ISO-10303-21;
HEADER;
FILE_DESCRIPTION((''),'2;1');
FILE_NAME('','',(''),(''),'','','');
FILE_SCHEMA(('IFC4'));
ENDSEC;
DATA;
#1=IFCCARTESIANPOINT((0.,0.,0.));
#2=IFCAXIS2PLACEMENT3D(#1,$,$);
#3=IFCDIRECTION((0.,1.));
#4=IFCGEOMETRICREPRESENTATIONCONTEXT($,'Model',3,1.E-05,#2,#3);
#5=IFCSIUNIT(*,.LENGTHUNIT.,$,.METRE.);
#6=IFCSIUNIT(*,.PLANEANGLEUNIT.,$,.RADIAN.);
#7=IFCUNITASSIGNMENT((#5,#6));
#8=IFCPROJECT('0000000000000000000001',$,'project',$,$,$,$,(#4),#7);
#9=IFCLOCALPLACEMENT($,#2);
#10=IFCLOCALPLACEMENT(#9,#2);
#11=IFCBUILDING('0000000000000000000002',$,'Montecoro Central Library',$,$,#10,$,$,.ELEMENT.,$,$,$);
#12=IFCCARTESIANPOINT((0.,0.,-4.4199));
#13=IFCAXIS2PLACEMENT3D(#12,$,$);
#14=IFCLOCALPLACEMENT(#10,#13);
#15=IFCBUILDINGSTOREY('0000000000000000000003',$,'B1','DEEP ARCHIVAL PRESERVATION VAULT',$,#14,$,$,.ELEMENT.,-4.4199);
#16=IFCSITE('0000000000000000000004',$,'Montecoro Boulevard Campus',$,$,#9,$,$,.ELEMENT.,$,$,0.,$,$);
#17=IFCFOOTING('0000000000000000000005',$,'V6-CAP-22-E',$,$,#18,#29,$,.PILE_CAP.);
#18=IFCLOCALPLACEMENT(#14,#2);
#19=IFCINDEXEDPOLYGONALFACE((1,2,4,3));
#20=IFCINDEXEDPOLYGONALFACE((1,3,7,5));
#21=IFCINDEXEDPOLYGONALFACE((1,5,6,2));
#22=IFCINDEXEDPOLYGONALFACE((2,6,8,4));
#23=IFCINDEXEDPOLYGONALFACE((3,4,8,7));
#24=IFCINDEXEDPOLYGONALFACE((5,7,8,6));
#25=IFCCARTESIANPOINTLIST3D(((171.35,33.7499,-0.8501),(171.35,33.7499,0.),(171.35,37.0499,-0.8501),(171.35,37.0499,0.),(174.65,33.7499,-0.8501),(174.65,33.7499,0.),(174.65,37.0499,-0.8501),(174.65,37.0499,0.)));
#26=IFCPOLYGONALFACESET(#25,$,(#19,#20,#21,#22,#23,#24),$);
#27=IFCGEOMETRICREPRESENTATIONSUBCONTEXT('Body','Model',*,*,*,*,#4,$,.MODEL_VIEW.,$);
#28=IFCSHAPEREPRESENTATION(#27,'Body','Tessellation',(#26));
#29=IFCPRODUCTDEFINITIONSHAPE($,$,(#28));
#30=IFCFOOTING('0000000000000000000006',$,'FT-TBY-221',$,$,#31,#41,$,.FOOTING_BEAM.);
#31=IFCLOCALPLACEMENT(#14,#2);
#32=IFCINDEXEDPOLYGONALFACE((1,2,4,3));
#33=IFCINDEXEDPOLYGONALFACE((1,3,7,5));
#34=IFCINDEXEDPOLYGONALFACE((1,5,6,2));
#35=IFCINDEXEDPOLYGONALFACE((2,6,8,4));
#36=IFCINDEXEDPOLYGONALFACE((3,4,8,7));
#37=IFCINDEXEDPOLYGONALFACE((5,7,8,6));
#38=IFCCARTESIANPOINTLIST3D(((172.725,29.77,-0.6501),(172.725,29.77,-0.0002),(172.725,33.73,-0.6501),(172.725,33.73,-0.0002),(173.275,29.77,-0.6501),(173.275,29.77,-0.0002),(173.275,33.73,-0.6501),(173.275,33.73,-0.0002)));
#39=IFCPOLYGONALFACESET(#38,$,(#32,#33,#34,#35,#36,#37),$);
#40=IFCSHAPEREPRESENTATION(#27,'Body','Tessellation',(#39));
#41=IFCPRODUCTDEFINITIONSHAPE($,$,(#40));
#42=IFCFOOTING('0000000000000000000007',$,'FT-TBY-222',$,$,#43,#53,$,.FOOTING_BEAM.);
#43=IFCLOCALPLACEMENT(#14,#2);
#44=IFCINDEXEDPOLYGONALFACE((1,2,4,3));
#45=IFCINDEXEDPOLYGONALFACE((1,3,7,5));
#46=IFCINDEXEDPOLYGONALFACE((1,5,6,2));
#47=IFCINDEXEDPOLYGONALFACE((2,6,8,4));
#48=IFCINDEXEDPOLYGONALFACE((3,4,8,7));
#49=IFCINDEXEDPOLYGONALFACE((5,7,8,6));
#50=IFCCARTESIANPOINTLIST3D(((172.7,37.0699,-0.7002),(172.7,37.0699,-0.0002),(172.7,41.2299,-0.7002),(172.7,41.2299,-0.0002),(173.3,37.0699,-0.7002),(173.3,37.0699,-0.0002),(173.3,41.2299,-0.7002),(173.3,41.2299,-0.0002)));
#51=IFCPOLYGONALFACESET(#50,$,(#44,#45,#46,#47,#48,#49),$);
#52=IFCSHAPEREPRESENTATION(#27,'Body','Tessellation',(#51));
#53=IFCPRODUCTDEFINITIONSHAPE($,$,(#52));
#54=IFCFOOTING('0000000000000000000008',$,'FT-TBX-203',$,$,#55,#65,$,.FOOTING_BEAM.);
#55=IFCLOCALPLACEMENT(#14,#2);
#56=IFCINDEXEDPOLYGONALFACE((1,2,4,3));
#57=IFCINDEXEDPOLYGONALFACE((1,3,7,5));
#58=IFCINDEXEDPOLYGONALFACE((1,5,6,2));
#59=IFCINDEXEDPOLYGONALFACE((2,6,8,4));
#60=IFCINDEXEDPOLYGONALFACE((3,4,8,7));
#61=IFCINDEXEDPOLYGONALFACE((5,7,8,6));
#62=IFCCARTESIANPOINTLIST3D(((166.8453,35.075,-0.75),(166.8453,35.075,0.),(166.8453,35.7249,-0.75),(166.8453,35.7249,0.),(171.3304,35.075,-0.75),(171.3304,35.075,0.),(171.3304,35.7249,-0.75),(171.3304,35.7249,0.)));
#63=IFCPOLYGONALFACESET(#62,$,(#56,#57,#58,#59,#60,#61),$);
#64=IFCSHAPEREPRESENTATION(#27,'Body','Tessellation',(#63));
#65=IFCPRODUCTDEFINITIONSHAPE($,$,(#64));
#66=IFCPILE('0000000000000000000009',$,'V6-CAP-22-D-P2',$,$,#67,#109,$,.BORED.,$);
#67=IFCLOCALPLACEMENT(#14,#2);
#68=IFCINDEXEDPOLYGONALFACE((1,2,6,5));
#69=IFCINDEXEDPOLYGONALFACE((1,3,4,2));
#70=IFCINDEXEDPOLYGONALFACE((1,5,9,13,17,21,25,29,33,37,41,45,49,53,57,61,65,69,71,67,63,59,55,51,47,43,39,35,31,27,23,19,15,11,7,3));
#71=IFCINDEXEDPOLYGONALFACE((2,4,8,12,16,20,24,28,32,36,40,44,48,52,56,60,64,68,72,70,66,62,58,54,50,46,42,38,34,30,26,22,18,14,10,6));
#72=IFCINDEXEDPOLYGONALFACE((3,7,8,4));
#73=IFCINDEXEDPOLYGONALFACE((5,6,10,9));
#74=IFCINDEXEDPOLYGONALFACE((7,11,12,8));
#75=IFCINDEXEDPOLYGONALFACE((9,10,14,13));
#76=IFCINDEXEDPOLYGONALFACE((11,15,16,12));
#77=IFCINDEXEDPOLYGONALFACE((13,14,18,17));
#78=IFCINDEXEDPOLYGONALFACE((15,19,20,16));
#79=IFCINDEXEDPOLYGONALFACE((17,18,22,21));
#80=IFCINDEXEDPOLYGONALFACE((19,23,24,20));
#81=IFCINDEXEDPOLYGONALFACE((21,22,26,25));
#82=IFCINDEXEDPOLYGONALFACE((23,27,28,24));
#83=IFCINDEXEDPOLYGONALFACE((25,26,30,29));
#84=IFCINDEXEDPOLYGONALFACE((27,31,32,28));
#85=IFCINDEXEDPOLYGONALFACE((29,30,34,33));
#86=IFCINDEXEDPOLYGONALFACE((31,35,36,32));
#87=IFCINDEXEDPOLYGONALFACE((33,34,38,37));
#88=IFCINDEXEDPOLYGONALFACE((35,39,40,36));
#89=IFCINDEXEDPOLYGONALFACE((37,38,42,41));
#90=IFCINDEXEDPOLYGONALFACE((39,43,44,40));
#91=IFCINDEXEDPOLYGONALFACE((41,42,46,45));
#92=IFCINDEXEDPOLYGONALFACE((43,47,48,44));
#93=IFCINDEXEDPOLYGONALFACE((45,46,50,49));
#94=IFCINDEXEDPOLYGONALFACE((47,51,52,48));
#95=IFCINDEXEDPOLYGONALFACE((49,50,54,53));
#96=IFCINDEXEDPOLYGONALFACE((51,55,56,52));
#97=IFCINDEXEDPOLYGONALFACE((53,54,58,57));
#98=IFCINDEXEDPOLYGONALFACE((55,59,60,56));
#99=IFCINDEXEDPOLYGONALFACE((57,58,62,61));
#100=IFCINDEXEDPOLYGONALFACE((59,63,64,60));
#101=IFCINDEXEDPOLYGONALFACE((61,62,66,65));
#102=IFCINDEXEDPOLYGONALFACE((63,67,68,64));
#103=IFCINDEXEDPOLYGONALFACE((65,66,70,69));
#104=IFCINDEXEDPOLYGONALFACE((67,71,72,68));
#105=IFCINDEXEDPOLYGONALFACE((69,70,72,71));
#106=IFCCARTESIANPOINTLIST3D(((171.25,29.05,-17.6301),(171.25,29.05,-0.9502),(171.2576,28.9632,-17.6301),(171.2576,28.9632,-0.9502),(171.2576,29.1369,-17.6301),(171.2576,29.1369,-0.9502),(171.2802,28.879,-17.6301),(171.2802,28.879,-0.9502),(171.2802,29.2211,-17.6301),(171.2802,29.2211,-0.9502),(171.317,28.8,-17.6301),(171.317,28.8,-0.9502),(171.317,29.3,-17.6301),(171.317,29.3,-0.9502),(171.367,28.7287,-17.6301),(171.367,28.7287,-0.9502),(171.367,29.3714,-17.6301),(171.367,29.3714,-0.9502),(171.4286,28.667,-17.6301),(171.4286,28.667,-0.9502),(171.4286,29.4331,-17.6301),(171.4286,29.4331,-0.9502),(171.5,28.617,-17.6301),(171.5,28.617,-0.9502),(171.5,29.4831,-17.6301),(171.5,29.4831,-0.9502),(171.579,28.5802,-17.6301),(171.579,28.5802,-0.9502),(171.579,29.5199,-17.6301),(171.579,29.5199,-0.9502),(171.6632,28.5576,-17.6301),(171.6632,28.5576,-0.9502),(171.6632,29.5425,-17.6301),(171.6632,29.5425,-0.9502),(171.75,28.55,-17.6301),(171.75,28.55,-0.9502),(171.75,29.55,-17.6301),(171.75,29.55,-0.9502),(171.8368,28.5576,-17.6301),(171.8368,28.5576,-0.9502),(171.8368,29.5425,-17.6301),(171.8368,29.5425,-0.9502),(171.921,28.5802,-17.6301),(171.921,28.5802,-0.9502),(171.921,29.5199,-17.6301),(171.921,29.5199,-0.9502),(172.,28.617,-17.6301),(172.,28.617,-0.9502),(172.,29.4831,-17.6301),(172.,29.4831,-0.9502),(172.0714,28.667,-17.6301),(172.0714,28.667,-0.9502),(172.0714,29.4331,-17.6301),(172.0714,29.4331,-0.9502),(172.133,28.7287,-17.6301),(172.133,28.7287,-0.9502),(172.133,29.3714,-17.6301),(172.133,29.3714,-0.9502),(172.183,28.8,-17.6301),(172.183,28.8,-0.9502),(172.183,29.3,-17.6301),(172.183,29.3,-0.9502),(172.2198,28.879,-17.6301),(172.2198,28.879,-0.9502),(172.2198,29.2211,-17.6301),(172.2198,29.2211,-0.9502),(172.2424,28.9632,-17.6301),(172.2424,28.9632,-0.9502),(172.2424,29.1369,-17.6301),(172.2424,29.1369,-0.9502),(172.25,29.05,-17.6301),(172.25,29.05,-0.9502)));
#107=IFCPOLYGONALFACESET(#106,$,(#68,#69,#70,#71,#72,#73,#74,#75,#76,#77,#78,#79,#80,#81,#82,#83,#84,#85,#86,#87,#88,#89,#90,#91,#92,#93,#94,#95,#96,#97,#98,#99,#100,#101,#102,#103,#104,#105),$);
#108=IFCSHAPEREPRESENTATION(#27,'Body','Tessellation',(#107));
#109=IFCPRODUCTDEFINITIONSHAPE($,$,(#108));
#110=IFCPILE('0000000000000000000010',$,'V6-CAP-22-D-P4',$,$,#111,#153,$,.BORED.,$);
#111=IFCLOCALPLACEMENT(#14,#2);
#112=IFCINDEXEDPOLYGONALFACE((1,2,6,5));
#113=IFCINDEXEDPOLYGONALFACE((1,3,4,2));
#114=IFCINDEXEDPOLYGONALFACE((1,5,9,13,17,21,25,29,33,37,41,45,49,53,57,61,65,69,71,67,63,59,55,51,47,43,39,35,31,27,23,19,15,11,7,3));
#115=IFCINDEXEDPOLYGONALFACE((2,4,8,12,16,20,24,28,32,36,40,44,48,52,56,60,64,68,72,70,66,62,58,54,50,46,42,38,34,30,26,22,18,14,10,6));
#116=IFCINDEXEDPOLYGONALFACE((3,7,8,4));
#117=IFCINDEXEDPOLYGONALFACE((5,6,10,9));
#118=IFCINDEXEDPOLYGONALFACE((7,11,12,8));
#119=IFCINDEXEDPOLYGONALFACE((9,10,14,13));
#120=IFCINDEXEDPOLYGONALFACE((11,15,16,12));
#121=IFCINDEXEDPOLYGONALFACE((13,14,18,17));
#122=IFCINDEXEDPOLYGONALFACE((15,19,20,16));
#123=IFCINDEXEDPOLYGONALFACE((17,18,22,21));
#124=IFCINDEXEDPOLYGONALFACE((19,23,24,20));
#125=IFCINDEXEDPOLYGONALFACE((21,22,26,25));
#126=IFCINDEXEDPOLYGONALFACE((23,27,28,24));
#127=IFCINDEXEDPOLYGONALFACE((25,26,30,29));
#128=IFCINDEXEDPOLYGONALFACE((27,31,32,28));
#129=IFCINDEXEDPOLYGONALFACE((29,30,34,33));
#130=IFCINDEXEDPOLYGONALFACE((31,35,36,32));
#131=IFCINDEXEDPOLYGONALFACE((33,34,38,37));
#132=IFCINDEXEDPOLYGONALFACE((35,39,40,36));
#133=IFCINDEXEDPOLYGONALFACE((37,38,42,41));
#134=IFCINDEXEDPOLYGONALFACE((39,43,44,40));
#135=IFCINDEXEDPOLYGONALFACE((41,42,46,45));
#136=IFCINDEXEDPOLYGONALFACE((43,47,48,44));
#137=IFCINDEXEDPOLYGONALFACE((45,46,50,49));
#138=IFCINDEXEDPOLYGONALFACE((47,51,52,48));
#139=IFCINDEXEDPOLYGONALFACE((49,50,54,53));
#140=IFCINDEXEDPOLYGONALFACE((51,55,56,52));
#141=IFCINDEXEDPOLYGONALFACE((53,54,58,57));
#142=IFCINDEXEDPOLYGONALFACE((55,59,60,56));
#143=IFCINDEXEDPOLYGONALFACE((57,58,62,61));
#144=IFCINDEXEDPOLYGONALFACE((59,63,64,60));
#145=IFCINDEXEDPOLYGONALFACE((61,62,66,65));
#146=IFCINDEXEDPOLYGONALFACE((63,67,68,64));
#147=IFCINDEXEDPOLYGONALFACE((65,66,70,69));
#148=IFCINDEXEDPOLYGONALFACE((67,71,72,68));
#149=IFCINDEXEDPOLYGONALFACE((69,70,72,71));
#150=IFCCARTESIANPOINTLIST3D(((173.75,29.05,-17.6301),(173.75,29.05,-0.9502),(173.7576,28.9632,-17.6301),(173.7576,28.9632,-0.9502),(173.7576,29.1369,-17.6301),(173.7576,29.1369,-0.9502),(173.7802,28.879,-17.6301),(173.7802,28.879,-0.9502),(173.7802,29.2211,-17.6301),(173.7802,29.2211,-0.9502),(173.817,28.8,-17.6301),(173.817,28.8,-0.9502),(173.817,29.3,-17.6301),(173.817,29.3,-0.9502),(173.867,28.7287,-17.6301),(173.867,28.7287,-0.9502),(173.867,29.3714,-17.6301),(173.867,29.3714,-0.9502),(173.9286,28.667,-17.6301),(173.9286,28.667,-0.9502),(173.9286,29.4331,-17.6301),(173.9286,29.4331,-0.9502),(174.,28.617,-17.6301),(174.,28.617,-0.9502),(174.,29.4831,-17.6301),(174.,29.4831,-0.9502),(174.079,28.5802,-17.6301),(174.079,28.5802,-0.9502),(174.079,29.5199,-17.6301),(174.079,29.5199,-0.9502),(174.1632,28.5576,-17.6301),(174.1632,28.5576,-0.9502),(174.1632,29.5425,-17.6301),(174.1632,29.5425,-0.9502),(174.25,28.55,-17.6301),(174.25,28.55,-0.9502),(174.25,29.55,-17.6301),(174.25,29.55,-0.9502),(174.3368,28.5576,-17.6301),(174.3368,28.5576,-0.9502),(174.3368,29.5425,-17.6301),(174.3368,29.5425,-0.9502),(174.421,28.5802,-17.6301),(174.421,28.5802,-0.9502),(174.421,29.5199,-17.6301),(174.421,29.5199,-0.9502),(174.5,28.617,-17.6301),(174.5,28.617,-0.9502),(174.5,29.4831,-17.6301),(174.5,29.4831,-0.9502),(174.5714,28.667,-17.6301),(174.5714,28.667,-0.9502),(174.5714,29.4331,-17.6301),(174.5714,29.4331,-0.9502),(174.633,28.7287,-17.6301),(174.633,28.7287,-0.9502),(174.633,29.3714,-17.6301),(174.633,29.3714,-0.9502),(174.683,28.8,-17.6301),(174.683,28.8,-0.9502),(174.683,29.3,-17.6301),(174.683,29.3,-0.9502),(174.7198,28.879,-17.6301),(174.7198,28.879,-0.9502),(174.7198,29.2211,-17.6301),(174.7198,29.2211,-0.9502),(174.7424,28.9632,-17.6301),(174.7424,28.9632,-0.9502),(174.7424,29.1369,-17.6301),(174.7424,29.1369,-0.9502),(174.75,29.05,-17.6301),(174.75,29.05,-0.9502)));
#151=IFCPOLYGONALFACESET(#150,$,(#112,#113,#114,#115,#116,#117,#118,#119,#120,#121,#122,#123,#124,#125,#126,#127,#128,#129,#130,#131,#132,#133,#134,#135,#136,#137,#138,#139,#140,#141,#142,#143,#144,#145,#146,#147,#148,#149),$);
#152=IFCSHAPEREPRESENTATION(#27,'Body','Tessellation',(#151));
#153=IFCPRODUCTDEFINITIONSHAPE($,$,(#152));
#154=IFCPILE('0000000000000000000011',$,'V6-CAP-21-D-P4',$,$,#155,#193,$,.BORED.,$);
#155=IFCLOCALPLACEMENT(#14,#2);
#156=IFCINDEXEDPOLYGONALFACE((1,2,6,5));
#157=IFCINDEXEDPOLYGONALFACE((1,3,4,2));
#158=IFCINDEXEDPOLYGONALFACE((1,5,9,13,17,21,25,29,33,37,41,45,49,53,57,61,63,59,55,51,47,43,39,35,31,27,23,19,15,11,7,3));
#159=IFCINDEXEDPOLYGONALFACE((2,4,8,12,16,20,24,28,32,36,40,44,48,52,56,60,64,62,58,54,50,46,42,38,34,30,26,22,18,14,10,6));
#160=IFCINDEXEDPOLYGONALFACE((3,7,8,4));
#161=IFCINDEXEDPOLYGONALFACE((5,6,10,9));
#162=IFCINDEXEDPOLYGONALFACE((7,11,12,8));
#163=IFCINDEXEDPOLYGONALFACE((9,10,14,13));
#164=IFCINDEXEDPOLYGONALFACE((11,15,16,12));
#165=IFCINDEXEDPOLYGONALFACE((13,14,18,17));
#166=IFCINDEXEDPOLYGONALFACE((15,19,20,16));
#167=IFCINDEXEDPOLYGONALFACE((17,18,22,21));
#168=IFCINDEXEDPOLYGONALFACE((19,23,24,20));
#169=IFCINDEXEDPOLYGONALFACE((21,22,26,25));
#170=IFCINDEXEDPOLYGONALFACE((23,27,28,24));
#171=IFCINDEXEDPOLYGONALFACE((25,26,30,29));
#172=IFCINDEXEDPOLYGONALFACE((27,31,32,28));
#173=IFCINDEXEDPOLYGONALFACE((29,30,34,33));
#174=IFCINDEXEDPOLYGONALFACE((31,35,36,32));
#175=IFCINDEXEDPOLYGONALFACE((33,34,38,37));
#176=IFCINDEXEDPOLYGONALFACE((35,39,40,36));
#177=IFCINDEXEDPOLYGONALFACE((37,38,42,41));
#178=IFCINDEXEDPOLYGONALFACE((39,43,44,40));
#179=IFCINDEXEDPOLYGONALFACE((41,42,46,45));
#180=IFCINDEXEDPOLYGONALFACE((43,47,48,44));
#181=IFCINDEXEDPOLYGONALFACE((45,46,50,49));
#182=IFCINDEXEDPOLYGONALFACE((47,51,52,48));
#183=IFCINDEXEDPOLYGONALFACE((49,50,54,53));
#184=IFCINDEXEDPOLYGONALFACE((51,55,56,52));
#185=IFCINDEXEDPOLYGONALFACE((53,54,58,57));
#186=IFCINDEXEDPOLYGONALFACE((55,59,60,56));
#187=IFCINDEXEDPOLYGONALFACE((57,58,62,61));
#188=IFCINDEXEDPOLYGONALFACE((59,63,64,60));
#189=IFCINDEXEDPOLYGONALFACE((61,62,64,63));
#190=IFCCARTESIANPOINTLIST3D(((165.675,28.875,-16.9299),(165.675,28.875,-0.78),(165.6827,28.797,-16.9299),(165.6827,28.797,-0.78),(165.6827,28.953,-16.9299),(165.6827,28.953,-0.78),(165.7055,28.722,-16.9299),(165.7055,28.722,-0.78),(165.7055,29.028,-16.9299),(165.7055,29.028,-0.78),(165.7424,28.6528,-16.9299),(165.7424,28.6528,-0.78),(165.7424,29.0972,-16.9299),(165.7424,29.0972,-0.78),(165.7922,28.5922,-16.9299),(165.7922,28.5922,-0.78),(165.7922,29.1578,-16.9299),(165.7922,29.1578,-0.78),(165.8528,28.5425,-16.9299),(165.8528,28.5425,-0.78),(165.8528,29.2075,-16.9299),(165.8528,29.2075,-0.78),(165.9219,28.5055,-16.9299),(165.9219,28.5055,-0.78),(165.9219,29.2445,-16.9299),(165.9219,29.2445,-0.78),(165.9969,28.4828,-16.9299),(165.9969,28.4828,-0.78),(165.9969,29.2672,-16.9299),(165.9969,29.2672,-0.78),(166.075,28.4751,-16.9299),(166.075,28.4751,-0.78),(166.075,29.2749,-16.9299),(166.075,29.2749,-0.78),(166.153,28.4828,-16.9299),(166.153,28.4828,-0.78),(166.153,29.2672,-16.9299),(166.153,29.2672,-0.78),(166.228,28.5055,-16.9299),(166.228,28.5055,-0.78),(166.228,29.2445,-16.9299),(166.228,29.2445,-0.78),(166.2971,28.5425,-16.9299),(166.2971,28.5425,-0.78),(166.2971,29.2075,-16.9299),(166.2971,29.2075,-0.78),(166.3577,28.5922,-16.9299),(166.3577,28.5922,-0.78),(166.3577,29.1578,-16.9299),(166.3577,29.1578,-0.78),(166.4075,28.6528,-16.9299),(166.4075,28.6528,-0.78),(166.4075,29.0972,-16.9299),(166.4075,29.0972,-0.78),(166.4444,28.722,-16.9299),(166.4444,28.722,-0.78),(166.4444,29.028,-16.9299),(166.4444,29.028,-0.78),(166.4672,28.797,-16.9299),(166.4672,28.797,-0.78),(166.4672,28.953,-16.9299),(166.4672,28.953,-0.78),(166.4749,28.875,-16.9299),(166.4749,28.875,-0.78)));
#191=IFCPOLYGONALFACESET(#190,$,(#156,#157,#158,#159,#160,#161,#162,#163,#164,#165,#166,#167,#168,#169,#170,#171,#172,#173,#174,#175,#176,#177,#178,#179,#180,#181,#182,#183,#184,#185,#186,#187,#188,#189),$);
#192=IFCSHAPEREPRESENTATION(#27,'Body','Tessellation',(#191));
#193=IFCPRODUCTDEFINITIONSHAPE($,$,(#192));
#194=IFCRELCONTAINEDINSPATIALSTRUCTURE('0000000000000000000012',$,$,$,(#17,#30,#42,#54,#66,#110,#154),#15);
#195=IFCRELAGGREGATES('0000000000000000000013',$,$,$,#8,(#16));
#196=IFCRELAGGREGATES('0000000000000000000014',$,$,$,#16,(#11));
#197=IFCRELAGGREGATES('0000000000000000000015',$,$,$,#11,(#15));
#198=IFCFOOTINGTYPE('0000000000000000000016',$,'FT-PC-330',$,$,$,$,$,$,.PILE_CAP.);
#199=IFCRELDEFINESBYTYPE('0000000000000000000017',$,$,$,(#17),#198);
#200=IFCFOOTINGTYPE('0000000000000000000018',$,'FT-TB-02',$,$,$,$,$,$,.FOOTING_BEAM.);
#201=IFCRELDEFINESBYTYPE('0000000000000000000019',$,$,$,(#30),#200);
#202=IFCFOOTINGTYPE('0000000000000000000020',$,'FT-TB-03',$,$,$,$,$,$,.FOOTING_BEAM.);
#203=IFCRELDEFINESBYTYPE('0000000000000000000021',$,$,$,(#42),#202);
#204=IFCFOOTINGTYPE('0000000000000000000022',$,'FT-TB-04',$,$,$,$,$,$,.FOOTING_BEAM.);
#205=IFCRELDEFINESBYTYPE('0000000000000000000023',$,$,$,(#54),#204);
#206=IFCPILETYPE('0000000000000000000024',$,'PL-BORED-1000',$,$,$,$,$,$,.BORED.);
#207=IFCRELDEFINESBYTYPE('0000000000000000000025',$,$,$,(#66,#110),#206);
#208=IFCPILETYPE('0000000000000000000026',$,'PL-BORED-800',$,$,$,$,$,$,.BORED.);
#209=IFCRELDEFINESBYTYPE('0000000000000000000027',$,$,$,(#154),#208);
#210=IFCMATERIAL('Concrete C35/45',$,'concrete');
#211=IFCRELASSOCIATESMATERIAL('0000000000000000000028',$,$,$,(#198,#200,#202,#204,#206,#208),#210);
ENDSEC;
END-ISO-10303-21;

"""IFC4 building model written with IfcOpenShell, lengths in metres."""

from ifc_helpers import new_model, si_unit, direction, frame, origin, origin_2d, place, context, subcontext, project, spatial, rectangle, circle, extrude, material, material_profile, profile_set, type_object, element, save


model = new_model("IFC4")

# Units and contexts
model_context = context("Model", 3, precision=1e-05, world=origin(), true_north=direction((0.0, 1.0)))
body_context = subcontext(model_context, "Body", "Model", "MODEL_VIEW")
ifc_project = project(units=[si_unit("LENGTHUNIT", "METRE"), si_unit("PLANEANGLEUNIT", "RADIAN")], contexts=[model_context])

# Site, building, storey
site_placement = place(None, origin())
site = spatial("IfcSite", under=ifc_project, at=site_placement, Name="Montecoro Boulevard Campus", CompositionType="ELEMENT", RefElevation=0.0)
building_placement = place(site_placement, origin())
building = spatial("IfcBuilding", under=site, at=building_placement, Name="Montecoro Central Library", CompositionType="ELEMENT")
storey_placement = place(building_placement, frame((0.0, 0.0, -4.4199)))
storey = spatial("IfcBuildingStorey", under=building, at=storey_placement, Name="B1", Description="DEEP ARCHIVAL PRESERVATION VAULT", CompositionType="ELEMENT", Elevation=-4.4199)

# Footings
ifc_material_1 = material(Name="Concrete C35/45", Category="concrete")
footing_type_1 = type_object("IfcFootingType", Name="FT-PC-330", PredefinedType="PILE_CAP", material=ifc_material_1)
footing_1_placement = place(storey_placement, frame((173.0, 35.3999, -0.8501), z_axis=(0.0, 0.0, 1.0), x_axis=(1.0, 0.0, 0.0)))
element("IfcFooting", 1, at=footing_1_placement, inside=storey, type_object=footing_type_1, Name="V6-CAP-22-E", PredefinedType="PILE_CAP", context=body_context, shape_type="SweptSolid", body=[
    extrude(rectangle(XDim=3.3, YDim=3.3, at=origin_2d()), origin(), (0.0, 0.0, 1.0), 0.8501),
])
footing_type_2 = type_object("IfcFootingType", Name="FT-TB-02", PredefinedType="FOOTING_BEAM", material=ifc_material_1)
footing_2_placement = place(storey_placement, frame((173.0, 31.75, -0.6501), z_axis=(0.0, 0.0, 1.0), x_axis=(1.0, 0.0, 0.0)))
element("IfcFooting", 2, at=footing_2_placement, inside=storey, type_object=footing_type_2, Name="FT-TBY-221", PredefinedType="FOOTING_BEAM", context=body_context, shape_type="SweptSolid", body=[
    extrude(rectangle(XDim=0.55, YDim=3.96, at=origin_2d()), origin(), (0.0, 0.0, 1.0), 0.6499),
])
footing_type_3 = type_object("IfcFootingType", Name="FT-TB-03", PredefinedType="FOOTING_BEAM", material=ifc_material_1)
footing_3_placement = place(storey_placement, frame((173.0, 39.1499, -0.7002), z_axis=(0.0, 0.0, 1.0), x_axis=(1.0, 0.0, 0.0)))
element("IfcFooting", 3, at=footing_3_placement, inside=storey, type_object=footing_type_3, Name="FT-TBY-222", PredefinedType="FOOTING_BEAM", context=body_context, shape_type="SweptSolid", body=[
    extrude(rectangle(XDim=0.6001, YDim=4.1599, at=origin_2d()), origin(), (0.0, 0.0, 1.0), 0.7),
])
footing_type_4 = type_object("IfcFootingType", Name="FT-TB-04", PredefinedType="FOOTING_BEAM", material=ifc_material_1)
footing_4_placement = place(storey_placement, frame((169.0879, 35.3999, -0.75), z_axis=(0.0, 0.0, 1.0), x_axis=(1.0, 0.0, 0.0)))
element("IfcFooting", 4, at=footing_4_placement, inside=storey, type_object=footing_type_4, Name="FT-TBX-203", PredefinedType="FOOTING_BEAM", context=body_context, shape_type="SweptSolid", body=[
    extrude(rectangle(XDim=4.4851, YDim=0.6499, at=origin_2d()), origin(), (0.0, 0.0, 1.0), 0.75),
])

# Piles
ifc_material_profile_1 = material_profile(ifc_material_1, circle(Radius=0.5, at=origin_2d()), Name="PILE D1000")
ifc_profile_set_1 = profile_set([ifc_material_profile_1], Name="Concrete C35/45")
pile_type_1 = type_object("IfcPileType", Name="PL-BORED-1000", PredefinedType="BORED", material=ifc_profile_set_1)
for number, where, z_axis, x_axis, name in (
    (5, (171.75, 29.05, -0.9502), (0.0, 0.0, -1.0), (1.0, 0.0, 0.0), "V6-CAP-22-D-P2"),
    (6, (174.25, 29.05, -0.9502), (0.0, 0.0, -1.0), (1.0, 0.0, 0.0), "V6-CAP-22-D-P4"),
):
    element("IfcPile", number, at=place(storey_placement, frame(where, z_axis=z_axis, x_axis=x_axis)), inside=storey, type_object=pile_type_1, Name=name, PredefinedType="BORED", context=body_context, shape_type="SweptSolid", body=[
        extrude(circle(Radius=0.5, at=origin_2d()), origin(), (0.0, 0.0, 1.0), 16.6799),
    ])
ifc_material_profile_2 = material_profile(ifc_material_1, circle(Radius=0.3999, at=origin_2d()), Name="PILE D800")
ifc_profile_set_2 = profile_set([ifc_material_profile_2], Name="Concrete C35/45")
pile_type_2 = type_object("IfcPileType", Name="PL-BORED-800", PredefinedType="BORED", material=ifc_profile_set_2)
pile_1_placement = place(storey_placement, frame((166.075, 28.875, -0.78), z_axis=(0.0, 0.0, -1.0), x_axis=(1.0, 0.0, 0.0)))
element("IfcPile", 7, at=pile_1_placement, inside=storey, type_object=pile_type_2, Name="V6-CAP-21-D-P4", PredefinedType="BORED", context=body_context, shape_type="SweptSolid", body=[
    extrude(circle(Radius=0.3999, at=origin_2d()), origin(), (0.0, 0.0, 1.0), 16.1499),
])

save(model, "model.ifc")
